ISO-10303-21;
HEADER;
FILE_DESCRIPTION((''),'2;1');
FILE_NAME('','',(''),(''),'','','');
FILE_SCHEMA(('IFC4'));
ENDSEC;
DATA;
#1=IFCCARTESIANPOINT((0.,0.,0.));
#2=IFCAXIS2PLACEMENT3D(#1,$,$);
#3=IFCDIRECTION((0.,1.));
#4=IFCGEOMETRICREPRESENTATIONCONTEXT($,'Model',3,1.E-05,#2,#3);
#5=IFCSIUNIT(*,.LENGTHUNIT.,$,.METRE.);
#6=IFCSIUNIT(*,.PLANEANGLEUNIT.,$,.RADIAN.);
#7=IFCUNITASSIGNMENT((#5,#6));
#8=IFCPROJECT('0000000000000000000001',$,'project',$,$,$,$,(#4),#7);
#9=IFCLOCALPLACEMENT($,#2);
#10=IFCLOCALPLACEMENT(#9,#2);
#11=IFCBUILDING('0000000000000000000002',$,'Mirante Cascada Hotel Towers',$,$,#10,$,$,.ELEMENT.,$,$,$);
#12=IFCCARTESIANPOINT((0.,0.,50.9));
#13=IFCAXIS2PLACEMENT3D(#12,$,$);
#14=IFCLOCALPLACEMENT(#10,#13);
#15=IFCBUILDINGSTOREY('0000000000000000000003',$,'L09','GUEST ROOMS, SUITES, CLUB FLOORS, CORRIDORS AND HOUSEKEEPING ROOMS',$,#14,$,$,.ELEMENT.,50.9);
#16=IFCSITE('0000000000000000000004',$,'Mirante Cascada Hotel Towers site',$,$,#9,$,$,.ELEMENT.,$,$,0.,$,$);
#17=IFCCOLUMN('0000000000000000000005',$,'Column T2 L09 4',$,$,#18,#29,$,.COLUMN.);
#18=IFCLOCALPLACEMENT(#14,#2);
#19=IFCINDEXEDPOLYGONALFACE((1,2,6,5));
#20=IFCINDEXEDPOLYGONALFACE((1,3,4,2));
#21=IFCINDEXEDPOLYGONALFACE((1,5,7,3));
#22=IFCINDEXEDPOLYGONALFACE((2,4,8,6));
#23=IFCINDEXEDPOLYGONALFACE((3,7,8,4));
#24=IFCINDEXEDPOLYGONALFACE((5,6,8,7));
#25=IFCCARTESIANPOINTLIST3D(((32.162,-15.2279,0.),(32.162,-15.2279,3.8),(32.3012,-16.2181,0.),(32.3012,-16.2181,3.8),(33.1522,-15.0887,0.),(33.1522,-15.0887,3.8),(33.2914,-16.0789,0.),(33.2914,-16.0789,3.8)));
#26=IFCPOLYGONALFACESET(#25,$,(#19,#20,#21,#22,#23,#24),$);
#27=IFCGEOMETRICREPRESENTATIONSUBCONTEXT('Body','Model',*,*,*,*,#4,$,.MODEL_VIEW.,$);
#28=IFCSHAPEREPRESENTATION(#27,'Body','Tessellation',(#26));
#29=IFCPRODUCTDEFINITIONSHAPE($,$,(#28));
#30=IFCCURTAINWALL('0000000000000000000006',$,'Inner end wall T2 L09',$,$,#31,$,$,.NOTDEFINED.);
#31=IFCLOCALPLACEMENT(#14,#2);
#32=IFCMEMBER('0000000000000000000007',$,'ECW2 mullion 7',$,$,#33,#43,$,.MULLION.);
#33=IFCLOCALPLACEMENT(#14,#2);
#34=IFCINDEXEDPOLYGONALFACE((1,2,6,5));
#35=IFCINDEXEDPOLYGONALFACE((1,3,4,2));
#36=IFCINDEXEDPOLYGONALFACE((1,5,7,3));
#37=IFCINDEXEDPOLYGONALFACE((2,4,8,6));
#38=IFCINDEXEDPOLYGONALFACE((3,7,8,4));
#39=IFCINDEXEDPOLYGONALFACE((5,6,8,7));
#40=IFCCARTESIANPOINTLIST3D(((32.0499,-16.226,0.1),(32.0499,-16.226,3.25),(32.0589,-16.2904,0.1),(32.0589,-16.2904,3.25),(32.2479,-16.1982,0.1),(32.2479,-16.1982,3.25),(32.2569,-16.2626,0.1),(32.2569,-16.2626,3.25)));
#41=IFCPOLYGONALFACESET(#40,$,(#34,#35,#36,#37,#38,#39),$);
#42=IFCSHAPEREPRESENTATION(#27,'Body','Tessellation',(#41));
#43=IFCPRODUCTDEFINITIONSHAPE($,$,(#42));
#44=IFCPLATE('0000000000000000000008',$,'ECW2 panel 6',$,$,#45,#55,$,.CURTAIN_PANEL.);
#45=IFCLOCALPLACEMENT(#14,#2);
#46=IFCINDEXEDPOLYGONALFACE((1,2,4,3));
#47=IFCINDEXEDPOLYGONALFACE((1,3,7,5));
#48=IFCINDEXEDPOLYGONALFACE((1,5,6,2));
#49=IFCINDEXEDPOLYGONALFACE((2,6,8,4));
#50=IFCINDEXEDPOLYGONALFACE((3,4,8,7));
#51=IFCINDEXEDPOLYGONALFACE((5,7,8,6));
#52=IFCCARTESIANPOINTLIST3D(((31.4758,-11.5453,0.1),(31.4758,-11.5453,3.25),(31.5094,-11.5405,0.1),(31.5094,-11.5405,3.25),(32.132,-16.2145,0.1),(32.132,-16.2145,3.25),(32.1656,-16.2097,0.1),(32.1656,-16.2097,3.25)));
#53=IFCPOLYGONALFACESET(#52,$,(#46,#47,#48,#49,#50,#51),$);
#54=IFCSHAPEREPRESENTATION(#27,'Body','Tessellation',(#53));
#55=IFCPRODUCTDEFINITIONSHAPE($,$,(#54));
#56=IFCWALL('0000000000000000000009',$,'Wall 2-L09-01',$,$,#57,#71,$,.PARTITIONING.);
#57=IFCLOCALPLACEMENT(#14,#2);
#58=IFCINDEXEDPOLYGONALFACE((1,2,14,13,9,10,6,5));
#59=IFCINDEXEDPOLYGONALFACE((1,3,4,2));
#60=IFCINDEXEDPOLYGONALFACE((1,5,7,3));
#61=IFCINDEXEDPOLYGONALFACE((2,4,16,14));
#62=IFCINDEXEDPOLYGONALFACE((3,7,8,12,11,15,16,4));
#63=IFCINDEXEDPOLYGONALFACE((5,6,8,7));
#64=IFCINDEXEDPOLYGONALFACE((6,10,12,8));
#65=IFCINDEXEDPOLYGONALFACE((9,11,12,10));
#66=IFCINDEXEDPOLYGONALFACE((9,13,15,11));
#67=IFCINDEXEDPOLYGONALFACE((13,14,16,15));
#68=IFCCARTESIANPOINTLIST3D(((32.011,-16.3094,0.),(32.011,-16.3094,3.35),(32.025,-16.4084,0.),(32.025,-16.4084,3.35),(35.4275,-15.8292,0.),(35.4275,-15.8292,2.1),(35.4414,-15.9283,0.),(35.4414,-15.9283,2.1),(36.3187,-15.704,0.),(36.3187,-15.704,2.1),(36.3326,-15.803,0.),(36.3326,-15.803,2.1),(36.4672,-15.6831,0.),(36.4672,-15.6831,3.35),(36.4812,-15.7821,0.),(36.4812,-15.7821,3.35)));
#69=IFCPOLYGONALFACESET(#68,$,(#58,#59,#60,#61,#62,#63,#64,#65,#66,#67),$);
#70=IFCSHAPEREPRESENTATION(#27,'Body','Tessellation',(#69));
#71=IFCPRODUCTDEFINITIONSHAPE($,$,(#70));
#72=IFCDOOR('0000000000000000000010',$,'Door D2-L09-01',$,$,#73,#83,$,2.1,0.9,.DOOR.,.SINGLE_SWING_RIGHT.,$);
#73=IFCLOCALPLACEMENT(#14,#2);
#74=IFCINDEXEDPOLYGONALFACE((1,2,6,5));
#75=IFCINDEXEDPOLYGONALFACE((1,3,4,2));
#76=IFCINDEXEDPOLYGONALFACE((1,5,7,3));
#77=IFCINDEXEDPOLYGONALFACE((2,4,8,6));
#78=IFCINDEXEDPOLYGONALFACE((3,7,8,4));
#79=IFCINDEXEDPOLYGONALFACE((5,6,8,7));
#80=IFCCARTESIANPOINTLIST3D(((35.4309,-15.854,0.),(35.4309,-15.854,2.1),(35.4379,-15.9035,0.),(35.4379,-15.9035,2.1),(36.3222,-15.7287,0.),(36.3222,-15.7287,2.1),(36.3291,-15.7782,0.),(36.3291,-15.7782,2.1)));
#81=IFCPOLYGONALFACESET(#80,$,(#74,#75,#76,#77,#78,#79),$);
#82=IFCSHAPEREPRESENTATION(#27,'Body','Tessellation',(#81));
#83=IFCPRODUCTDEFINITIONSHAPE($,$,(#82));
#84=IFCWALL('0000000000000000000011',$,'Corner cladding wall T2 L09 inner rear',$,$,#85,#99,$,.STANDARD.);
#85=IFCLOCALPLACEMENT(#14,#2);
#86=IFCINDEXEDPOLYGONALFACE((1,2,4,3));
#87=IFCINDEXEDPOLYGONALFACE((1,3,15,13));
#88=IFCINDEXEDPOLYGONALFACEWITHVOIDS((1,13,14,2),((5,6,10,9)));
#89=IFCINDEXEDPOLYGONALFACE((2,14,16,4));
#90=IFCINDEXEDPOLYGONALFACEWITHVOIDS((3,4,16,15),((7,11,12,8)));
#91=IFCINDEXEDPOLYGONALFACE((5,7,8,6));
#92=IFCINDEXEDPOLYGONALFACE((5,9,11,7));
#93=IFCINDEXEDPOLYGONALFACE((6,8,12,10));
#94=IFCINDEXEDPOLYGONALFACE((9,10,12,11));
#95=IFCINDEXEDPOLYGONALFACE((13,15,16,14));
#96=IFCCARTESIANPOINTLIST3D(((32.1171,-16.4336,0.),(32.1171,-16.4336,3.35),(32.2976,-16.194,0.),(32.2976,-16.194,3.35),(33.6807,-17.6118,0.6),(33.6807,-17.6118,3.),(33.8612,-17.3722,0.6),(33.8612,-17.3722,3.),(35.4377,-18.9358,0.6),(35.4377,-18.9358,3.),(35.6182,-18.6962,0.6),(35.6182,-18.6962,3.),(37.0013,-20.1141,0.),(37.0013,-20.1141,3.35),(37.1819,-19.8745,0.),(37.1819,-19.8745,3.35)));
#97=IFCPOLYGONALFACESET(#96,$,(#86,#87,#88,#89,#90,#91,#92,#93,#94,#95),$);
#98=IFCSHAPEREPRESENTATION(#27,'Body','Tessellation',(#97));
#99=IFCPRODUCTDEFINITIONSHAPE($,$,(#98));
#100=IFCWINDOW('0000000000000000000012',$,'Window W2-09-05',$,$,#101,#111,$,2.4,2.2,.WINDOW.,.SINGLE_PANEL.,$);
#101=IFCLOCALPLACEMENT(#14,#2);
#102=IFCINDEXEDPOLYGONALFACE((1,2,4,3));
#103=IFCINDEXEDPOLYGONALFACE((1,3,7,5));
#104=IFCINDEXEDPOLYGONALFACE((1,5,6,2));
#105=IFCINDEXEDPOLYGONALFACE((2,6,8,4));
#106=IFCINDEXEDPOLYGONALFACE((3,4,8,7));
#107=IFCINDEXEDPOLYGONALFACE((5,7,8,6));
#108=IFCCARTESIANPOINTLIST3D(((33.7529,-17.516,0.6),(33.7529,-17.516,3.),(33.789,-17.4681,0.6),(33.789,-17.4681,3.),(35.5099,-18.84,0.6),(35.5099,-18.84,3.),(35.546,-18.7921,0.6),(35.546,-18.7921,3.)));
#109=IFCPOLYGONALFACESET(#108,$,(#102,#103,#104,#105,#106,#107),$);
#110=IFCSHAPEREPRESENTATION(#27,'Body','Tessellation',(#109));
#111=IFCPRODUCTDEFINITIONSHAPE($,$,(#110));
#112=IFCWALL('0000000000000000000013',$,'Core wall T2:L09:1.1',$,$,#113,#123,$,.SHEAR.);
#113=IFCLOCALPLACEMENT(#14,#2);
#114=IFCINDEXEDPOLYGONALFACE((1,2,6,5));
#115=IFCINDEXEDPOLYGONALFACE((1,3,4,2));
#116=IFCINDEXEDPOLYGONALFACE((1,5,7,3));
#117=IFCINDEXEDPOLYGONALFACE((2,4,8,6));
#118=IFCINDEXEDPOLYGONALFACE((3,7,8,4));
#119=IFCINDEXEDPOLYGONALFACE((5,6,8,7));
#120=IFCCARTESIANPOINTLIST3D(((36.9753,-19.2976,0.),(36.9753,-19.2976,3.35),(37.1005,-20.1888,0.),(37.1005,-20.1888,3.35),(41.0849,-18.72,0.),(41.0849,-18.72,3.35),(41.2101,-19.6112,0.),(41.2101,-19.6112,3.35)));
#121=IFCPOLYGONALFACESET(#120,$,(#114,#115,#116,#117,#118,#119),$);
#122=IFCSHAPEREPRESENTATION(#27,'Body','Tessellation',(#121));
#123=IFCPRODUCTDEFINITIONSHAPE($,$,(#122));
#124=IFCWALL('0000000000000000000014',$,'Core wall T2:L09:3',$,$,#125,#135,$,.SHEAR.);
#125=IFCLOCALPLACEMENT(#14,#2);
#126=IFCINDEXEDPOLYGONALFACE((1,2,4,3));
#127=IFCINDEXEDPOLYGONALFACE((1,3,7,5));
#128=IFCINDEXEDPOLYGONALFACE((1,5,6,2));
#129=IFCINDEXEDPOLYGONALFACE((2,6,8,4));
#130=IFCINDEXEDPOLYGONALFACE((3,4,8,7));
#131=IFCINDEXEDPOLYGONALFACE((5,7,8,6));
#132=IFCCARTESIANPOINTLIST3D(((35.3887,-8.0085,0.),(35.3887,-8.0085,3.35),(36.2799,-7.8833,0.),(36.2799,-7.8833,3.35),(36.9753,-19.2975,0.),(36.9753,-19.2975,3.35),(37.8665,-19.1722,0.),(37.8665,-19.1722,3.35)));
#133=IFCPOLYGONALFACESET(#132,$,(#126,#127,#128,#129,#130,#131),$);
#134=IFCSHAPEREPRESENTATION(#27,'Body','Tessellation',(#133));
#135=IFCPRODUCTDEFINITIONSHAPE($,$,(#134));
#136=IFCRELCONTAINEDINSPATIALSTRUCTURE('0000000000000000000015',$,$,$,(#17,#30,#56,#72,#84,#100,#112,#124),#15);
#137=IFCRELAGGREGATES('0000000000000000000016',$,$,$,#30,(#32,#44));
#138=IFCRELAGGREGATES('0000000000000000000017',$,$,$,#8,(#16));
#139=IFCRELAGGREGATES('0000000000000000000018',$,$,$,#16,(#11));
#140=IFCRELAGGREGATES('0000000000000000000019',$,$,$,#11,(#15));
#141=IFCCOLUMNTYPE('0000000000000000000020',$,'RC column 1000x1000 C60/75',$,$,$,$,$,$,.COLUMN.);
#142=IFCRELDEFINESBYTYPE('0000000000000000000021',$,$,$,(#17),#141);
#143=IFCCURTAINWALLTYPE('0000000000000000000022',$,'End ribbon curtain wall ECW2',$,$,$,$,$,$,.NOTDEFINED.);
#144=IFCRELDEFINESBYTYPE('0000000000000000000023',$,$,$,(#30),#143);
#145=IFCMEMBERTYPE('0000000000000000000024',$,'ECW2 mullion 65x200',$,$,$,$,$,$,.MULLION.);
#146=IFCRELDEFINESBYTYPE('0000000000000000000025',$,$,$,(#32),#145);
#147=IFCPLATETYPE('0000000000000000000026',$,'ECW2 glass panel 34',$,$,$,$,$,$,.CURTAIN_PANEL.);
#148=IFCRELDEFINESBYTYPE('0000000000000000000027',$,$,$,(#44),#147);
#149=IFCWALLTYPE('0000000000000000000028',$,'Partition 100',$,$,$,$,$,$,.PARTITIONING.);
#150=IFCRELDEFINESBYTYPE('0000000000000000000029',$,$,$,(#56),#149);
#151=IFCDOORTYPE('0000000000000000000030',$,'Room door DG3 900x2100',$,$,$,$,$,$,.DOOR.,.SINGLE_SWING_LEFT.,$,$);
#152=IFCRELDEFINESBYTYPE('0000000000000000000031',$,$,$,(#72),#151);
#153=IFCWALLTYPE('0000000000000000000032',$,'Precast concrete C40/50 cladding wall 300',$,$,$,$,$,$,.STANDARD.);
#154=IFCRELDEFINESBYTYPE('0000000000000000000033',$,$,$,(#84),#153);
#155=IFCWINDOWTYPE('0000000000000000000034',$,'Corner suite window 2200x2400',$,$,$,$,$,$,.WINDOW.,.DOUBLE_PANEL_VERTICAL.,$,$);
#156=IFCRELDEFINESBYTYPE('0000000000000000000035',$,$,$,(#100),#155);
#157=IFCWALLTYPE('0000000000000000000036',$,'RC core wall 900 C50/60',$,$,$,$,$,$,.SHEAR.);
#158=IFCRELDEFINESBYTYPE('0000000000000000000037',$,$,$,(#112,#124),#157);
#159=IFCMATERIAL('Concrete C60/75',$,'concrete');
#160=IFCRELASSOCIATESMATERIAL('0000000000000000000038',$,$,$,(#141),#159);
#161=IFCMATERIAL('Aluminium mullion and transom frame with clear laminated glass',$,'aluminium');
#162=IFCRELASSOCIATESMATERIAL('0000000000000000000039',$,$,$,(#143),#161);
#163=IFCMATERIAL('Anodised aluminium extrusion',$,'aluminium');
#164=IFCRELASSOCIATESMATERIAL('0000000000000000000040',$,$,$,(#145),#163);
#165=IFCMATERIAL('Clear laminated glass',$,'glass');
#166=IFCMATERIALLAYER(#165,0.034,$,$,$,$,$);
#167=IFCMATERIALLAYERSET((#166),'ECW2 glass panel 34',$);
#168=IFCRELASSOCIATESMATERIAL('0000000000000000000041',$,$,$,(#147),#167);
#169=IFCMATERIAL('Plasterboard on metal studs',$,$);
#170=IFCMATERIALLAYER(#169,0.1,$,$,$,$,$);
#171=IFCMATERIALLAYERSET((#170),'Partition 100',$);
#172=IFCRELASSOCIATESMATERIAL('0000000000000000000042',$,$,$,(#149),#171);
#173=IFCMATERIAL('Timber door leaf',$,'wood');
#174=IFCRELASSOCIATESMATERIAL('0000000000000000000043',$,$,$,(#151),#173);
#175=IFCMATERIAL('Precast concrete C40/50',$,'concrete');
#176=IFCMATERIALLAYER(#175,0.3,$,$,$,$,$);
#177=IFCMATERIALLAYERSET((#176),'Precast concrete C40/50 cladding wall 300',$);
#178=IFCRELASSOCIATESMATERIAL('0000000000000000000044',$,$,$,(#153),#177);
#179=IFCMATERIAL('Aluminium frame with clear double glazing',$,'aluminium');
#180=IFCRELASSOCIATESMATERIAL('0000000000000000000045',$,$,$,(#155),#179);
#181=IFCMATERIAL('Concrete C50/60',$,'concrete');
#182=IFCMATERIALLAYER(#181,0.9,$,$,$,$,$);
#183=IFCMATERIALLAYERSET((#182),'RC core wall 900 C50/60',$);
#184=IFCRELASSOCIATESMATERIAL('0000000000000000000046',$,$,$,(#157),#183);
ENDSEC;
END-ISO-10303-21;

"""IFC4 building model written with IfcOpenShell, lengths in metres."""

from ifc_helpers import new_model, si_unit, direction, frame, frame_2d, origin, origin_2d, place, context, subcontext, project, spatial, rectangle, extrude, material, layer, layer_set, material_profile, profile_set, type_object, element, fill, aggregate, save


model = new_model("IFC4")

# Units and contexts
model_context = context("Model", 3, precision=1e-05, world=origin(), true_north=direction((0.0, 1.0)))
body_context = subcontext(model_context, "Body", "Model", "MODEL_VIEW")
ifc_project = project(units=[si_unit("LENGTHUNIT", "METRE"), si_unit("PLANEANGLEUNIT", "RADIAN")], contexts=[model_context])

# Site, building, storey
site_placement = place(None, origin())
site = spatial("IfcSite", under=ifc_project, at=site_placement, Name="Mirante Cascada Hotel Towers site", CompositionType="ELEMENT", RefElevation=0.0)
building_placement = place(site_placement, origin())
building = spatial("IfcBuilding", under=site, at=building_placement, Name="Mirante Cascada Hotel Towers", CompositionType="ELEMENT")
storey_placement = place(building_placement, frame((0.0, 0.0, 50.9)))
storey = spatial("IfcBuildingStorey", under=building, at=storey_placement, Name="L09", Description="GUEST ROOMS, SUITES, CLUB FLOORS, CORRIDORS AND HOUSEKEEPING ROOMS", CompositionType="ELEMENT", Elevation=50.9)

# Column
ifc_material_1 = material(Name="Concrete C60/75", Category="concrete")
ifc_material_profile_1 = material_profile(ifc_material_1, rectangle(XDim=1.0, YDim=1.0, at=origin_2d()), Name="RC column 1000x1000 C60/75")
ifc_profile_set_1 = profile_set([ifc_material_profile_1], Name="Concrete C60/75")
column_type = type_object("IfcColumnType", Name="RC column 1000x1000 C60/75", PredefinedType="COLUMN", material=ifc_profile_set_1)
column_placement = place(storey_placement, frame((32.7267, -15.6534, 0.0), z_axis=(0.0, 0.0, 1.0), x_axis=(0.990268, 0.139173, 0.0)))
element("IfcColumn", 1, at=column_placement, inside=storey, type_object=column_type, Name="Column T2 L09 4", PredefinedType="COLUMN", context=body_context, shape_type="SweptSolid", body=[
    extrude(rectangle(XDim=1.0, YDim=1.0, at=origin_2d()), origin(), (0.0, 0.0, 1.0), 3.8),
])

# Curtain wall, member, plate
ifc_material_2 = material(Name="Aluminium mullion and transom frame with clear laminated glass", Category="aluminium")
curtain_wall_type = type_object("IfcCurtainWallType", Name="End ribbon curtain wall ECW2", PredefinedType="NOTDEFINED", material=ifc_material_2)
curtain_wall_placement = place(storey_placement, origin())
curtain_wall = element("IfcCurtainWall", 2, at=curtain_wall_placement, inside=storey, type_object=curtain_wall_type, Name="Inner end wall T2 L09", PredefinedType="NOTDEFINED")
ifc_material_3 = material(Name="Anodised aluminium extrusion", Category="aluminium")
ifc_material_profile_2 = material_profile(ifc_material_3, rectangle(XDim=0.2, YDim=0.065, at=origin_2d()), Name="ECW2 MULLION 65x200")
ifc_profile_set_2 = profile_set([ifc_material_profile_2], Name="Anodised aluminium extrusion")
member_type = type_object("IfcMemberType", Name="ECW2 mullion 65x200", PredefinedType="MULLION", material=ifc_profile_set_2)
member_placement = place(storey_placement, frame((32.1534, -16.2443, 0.1), z_axis=(0.0, 0.0, 1.0), x_axis=(0.990268, 0.139173, 0.0)))
member = element("IfcMember", 3, at=member_placement, type_object=member_type, Name="ECW2 mullion 7", PredefinedType="MULLION", context=body_context, shape_type="SweptSolid", body=[
    extrude(rectangle(XDim=0.2, YDim=0.065, at=origin_2d()), origin(), (0.0, 0.0, 1.0), 3.15),
])
ifc_material_4 = material(Name="Clear laminated glass", Category="glass")
ifc_layer_1 = layer(ifc_material_4, 0.034)
ifc_layer_set_1 = layer_set([ifc_layer_1], Name="ECW2 glass panel 34")
plate_type = type_object("IfcPlateType", Name="ECW2 glass panel 34", PredefinedType="CURTAIN_PANEL", material=ifc_layer_set_1)
plate_placement = place(storey_placement, frame((31.8207, -13.8775, 0.1), z_axis=(0.0, 0.0, 1.0), x_axis=(0.139173, -0.990268, 0.0)))
plate = element("IfcPlate", 4, at=plate_placement, type_object=plate_type, Name="ECW2 panel 6", PredefinedType="CURTAIN_PANEL", context=body_context, shape_type="SweptSolid", body=[
    extrude(rectangle(XDim=4.7151, YDim=0.034, at=origin_2d()), origin(), (0.0, 0.0, 1.0), 3.15),
])
aggregate(curtain_wall, [member, plate])

# Wall, opening, door
ifc_material_5 = material(Name="Plasterboard on metal studs")
ifc_layer_2 = layer(ifc_material_5, 0.1)
ifc_layer_set_2 = layer_set([ifc_layer_2], Name="Partition 100")
wall_type_1 = type_object("IfcWallType", Name="Partition 100", PredefinedType="PARTITIONING", material=ifc_layer_set_2)
wall_1_placement = place(storey_placement, frame((36.4742, -15.7326, 0.0), z_axis=(0.0, 0.0, 1.0), x_axis=(-0.990267, -0.139178, 0.0)))
wall_1 = element("IfcWall", 5, at=wall_1_placement, inside=storey, type_object=wall_type_1, Name="Wall 2-L09-01", PredefinedType="PARTITIONING", context=body_context, shape_type="SweptSolid", body=[
    extrude(rectangle(XDim=4.5, YDim=0.1, at=frame_2d((2.25, 0.0))), origin(), (0.0, 0.0, 1.0), 3.35),
])
opening_1_placement = place(wall_1_placement, frame((0.15, 0.0, 0.0)))
opening_1 = element("IfcOpeningElement", 6, at=opening_1_placement, cuts=wall_1, PredefinedType="OPENING", context=body_context, shape_type="SweptSolid", body=[
    extrude(rectangle(XDim=0.9, YDim=2.1, at=frame_2d((0.45, 1.05))), frame((0.0, 0.05, 0.0), z_axis=(0.0, -1.0, 0.0), x_axis=(1.0, 0.0, 0.0)), (0.0, 0.0, 1.0), 0.1),
])
ifc_material_6 = material(Name="Timber door leaf", Category="wood")
door_type = type_object("IfcDoorType", Name="Room door DG3 900x2100", OperationType="SINGLE_SWING_LEFT", PredefinedType="DOOR", material=ifc_material_6)
door_placement = place(opening_1_placement, frame((0.9, 0.0, 0.0), z_axis=(0.0, 0.0, 1.0), x_axis=(-1.0, 0.0, 0.0)))
door = element("IfcDoor", 7, at=door_placement, inside=storey, type_object=door_type, Name="Door D2-L09-01", OperationType="SINGLE_SWING_RIGHT", OverallHeight=2.1, OverallWidth=0.9, PredefinedType="DOOR", context=body_context, shape_type="SweptSolid", body=[
    extrude(rectangle(XDim=0.9, YDim=2.1, at=frame_2d((0.45, 1.05))), frame((0.0, 0.025, 0.0), z_axis=(0.0, -1.0, 0.0), x_axis=(1.0, 0.0, 0.0)), (0.0, 0.0, 1.0), 0.05),
])
fill(opening_1, door)

# Wall, opening, window
ifc_material_7 = material(Name="Precast concrete C40/50", Category="concrete")
ifc_layer_3 = layer(ifc_material_7, 0.3)
ifc_layer_set_3 = layer_set([ifc_layer_3], Name="Precast concrete C40/50 cladding wall 300")
wall_type_2 = type_object("IfcWallType", Name="Precast concrete C40/50 cladding wall 300", PredefinedType="STANDARD", material=ifc_layer_set_3)
wall_2_placement = place(storey_placement, frame((32.2074, -16.3138, 0.0), z_axis=(0.0, 0.0, 1.0), x_axis=(0.798636, -0.601814, 0.0)))
wall_2 = element("IfcWall", 8, at=wall_2_placement, inside=storey, type_object=wall_type_2, Name="Corner cladding wall T2 L09 inner rear", PredefinedType="STANDARD", context=body_context, shape_type="SweptSolid", body=[
    extrude(rectangle(XDim=6.1157, YDim=0.3, at=frame_2d((3.0578, 0.0))), origin(), (0.0, 0.0, 1.0), 3.35),
])
opening_2_placement = place(wall_2_placement, frame((1.9578, 0.0, 0.6)))
opening_2 = element("IfcOpeningElement", 9, at=opening_2_placement, cuts=wall_2, PredefinedType="OPENING", context=body_context, shape_type="SweptSolid", body=[
    extrude(rectangle(XDim=2.2, YDim=2.4, at=frame_2d((1.1, 1.2))), frame((0.0, 0.15, 0.0), z_axis=(0.0, -1.0, 0.0), x_axis=(1.0, 0.0, 0.0)), (0.0, 0.0, 1.0), 0.3),
])
ifc_material_8 = material(Name="Aluminium frame with clear double glazing", Category="aluminium")
window_type = type_object("IfcWindowType", Name="Corner suite window 2200x2400", PartitioningType="DOUBLE_PANEL_VERTICAL", PredefinedType="WINDOW", material=ifc_material_8)
window_placement = place(opening_2_placement, origin())
window = element("IfcWindow", 10, at=window_placement, inside=storey, type_object=window_type, Name="Window W2-09-05", OverallHeight=2.4, OverallWidth=2.2, PartitioningType="SINGLE_PANEL", PredefinedType="WINDOW", context=body_context, shape_type="SweptSolid", body=[
    extrude(rectangle(XDim=2.2, YDim=2.4, at=frame_2d((1.1, 1.2))), frame((0.0, 0.03, 0.0), z_axis=(0.0, -1.0, 0.0), x_axis=(1.0, 0.0, 0.0)), (0.0, 0.0, 1.0), 0.06),
])
fill(opening_2, window)

# Walls
ifc_material_9 = material(Name="Concrete C50/60", Category="concrete")
ifc_layer_4 = layer(ifc_material_9, 0.9)
ifc_layer_set_4 = layer_set([ifc_layer_4], Name="RC core wall 900 C50/60")
wall_type_3 = type_object("IfcWallType", Name="RC core wall 900 C50/60", PredefinedType="SHEAR", material=ifc_layer_set_4)
wall_3_placement = place(storey_placement, frame((37.0379, -19.7432, 0.0), z_axis=(0.0, 0.0, 1.0), x_axis=(0.990267, 0.139181, 0.0)))
element("IfcWall", 11, at=wall_3_placement, inside=storey, type_object=wall_type_3, Name="Core wall T2:L09:1.1", PredefinedType="SHEAR", context=body_context, shape_type="SweptSolid", body=[
    extrude(rectangle(XDim=4.15, YDim=0.9, at=frame_2d((2.075, 0.0))), origin(), (0.0, 0.0, 1.0), 3.35),
])
wall_4_placement = place(storey_placement, frame((37.4209, -19.2349, 0.0), z_axis=(0.0, 0.0, 1.0), x_axis=(-0.139176, 0.990268, 0.0)))
element("IfcWall", 12, at=wall_4_placement, inside=storey, type_object=wall_type_3, Name="Core wall T2:L09:3", PredefinedType="SHEAR", context=body_context, shape_type="SweptSolid", body=[
    extrude(rectangle(XDim=11.3999, YDim=0.9, at=frame_2d((5.7, 0.0))), origin(), (0.0, 0.0, 1.0), 3.35),
])

save(model, "model.ifc")
